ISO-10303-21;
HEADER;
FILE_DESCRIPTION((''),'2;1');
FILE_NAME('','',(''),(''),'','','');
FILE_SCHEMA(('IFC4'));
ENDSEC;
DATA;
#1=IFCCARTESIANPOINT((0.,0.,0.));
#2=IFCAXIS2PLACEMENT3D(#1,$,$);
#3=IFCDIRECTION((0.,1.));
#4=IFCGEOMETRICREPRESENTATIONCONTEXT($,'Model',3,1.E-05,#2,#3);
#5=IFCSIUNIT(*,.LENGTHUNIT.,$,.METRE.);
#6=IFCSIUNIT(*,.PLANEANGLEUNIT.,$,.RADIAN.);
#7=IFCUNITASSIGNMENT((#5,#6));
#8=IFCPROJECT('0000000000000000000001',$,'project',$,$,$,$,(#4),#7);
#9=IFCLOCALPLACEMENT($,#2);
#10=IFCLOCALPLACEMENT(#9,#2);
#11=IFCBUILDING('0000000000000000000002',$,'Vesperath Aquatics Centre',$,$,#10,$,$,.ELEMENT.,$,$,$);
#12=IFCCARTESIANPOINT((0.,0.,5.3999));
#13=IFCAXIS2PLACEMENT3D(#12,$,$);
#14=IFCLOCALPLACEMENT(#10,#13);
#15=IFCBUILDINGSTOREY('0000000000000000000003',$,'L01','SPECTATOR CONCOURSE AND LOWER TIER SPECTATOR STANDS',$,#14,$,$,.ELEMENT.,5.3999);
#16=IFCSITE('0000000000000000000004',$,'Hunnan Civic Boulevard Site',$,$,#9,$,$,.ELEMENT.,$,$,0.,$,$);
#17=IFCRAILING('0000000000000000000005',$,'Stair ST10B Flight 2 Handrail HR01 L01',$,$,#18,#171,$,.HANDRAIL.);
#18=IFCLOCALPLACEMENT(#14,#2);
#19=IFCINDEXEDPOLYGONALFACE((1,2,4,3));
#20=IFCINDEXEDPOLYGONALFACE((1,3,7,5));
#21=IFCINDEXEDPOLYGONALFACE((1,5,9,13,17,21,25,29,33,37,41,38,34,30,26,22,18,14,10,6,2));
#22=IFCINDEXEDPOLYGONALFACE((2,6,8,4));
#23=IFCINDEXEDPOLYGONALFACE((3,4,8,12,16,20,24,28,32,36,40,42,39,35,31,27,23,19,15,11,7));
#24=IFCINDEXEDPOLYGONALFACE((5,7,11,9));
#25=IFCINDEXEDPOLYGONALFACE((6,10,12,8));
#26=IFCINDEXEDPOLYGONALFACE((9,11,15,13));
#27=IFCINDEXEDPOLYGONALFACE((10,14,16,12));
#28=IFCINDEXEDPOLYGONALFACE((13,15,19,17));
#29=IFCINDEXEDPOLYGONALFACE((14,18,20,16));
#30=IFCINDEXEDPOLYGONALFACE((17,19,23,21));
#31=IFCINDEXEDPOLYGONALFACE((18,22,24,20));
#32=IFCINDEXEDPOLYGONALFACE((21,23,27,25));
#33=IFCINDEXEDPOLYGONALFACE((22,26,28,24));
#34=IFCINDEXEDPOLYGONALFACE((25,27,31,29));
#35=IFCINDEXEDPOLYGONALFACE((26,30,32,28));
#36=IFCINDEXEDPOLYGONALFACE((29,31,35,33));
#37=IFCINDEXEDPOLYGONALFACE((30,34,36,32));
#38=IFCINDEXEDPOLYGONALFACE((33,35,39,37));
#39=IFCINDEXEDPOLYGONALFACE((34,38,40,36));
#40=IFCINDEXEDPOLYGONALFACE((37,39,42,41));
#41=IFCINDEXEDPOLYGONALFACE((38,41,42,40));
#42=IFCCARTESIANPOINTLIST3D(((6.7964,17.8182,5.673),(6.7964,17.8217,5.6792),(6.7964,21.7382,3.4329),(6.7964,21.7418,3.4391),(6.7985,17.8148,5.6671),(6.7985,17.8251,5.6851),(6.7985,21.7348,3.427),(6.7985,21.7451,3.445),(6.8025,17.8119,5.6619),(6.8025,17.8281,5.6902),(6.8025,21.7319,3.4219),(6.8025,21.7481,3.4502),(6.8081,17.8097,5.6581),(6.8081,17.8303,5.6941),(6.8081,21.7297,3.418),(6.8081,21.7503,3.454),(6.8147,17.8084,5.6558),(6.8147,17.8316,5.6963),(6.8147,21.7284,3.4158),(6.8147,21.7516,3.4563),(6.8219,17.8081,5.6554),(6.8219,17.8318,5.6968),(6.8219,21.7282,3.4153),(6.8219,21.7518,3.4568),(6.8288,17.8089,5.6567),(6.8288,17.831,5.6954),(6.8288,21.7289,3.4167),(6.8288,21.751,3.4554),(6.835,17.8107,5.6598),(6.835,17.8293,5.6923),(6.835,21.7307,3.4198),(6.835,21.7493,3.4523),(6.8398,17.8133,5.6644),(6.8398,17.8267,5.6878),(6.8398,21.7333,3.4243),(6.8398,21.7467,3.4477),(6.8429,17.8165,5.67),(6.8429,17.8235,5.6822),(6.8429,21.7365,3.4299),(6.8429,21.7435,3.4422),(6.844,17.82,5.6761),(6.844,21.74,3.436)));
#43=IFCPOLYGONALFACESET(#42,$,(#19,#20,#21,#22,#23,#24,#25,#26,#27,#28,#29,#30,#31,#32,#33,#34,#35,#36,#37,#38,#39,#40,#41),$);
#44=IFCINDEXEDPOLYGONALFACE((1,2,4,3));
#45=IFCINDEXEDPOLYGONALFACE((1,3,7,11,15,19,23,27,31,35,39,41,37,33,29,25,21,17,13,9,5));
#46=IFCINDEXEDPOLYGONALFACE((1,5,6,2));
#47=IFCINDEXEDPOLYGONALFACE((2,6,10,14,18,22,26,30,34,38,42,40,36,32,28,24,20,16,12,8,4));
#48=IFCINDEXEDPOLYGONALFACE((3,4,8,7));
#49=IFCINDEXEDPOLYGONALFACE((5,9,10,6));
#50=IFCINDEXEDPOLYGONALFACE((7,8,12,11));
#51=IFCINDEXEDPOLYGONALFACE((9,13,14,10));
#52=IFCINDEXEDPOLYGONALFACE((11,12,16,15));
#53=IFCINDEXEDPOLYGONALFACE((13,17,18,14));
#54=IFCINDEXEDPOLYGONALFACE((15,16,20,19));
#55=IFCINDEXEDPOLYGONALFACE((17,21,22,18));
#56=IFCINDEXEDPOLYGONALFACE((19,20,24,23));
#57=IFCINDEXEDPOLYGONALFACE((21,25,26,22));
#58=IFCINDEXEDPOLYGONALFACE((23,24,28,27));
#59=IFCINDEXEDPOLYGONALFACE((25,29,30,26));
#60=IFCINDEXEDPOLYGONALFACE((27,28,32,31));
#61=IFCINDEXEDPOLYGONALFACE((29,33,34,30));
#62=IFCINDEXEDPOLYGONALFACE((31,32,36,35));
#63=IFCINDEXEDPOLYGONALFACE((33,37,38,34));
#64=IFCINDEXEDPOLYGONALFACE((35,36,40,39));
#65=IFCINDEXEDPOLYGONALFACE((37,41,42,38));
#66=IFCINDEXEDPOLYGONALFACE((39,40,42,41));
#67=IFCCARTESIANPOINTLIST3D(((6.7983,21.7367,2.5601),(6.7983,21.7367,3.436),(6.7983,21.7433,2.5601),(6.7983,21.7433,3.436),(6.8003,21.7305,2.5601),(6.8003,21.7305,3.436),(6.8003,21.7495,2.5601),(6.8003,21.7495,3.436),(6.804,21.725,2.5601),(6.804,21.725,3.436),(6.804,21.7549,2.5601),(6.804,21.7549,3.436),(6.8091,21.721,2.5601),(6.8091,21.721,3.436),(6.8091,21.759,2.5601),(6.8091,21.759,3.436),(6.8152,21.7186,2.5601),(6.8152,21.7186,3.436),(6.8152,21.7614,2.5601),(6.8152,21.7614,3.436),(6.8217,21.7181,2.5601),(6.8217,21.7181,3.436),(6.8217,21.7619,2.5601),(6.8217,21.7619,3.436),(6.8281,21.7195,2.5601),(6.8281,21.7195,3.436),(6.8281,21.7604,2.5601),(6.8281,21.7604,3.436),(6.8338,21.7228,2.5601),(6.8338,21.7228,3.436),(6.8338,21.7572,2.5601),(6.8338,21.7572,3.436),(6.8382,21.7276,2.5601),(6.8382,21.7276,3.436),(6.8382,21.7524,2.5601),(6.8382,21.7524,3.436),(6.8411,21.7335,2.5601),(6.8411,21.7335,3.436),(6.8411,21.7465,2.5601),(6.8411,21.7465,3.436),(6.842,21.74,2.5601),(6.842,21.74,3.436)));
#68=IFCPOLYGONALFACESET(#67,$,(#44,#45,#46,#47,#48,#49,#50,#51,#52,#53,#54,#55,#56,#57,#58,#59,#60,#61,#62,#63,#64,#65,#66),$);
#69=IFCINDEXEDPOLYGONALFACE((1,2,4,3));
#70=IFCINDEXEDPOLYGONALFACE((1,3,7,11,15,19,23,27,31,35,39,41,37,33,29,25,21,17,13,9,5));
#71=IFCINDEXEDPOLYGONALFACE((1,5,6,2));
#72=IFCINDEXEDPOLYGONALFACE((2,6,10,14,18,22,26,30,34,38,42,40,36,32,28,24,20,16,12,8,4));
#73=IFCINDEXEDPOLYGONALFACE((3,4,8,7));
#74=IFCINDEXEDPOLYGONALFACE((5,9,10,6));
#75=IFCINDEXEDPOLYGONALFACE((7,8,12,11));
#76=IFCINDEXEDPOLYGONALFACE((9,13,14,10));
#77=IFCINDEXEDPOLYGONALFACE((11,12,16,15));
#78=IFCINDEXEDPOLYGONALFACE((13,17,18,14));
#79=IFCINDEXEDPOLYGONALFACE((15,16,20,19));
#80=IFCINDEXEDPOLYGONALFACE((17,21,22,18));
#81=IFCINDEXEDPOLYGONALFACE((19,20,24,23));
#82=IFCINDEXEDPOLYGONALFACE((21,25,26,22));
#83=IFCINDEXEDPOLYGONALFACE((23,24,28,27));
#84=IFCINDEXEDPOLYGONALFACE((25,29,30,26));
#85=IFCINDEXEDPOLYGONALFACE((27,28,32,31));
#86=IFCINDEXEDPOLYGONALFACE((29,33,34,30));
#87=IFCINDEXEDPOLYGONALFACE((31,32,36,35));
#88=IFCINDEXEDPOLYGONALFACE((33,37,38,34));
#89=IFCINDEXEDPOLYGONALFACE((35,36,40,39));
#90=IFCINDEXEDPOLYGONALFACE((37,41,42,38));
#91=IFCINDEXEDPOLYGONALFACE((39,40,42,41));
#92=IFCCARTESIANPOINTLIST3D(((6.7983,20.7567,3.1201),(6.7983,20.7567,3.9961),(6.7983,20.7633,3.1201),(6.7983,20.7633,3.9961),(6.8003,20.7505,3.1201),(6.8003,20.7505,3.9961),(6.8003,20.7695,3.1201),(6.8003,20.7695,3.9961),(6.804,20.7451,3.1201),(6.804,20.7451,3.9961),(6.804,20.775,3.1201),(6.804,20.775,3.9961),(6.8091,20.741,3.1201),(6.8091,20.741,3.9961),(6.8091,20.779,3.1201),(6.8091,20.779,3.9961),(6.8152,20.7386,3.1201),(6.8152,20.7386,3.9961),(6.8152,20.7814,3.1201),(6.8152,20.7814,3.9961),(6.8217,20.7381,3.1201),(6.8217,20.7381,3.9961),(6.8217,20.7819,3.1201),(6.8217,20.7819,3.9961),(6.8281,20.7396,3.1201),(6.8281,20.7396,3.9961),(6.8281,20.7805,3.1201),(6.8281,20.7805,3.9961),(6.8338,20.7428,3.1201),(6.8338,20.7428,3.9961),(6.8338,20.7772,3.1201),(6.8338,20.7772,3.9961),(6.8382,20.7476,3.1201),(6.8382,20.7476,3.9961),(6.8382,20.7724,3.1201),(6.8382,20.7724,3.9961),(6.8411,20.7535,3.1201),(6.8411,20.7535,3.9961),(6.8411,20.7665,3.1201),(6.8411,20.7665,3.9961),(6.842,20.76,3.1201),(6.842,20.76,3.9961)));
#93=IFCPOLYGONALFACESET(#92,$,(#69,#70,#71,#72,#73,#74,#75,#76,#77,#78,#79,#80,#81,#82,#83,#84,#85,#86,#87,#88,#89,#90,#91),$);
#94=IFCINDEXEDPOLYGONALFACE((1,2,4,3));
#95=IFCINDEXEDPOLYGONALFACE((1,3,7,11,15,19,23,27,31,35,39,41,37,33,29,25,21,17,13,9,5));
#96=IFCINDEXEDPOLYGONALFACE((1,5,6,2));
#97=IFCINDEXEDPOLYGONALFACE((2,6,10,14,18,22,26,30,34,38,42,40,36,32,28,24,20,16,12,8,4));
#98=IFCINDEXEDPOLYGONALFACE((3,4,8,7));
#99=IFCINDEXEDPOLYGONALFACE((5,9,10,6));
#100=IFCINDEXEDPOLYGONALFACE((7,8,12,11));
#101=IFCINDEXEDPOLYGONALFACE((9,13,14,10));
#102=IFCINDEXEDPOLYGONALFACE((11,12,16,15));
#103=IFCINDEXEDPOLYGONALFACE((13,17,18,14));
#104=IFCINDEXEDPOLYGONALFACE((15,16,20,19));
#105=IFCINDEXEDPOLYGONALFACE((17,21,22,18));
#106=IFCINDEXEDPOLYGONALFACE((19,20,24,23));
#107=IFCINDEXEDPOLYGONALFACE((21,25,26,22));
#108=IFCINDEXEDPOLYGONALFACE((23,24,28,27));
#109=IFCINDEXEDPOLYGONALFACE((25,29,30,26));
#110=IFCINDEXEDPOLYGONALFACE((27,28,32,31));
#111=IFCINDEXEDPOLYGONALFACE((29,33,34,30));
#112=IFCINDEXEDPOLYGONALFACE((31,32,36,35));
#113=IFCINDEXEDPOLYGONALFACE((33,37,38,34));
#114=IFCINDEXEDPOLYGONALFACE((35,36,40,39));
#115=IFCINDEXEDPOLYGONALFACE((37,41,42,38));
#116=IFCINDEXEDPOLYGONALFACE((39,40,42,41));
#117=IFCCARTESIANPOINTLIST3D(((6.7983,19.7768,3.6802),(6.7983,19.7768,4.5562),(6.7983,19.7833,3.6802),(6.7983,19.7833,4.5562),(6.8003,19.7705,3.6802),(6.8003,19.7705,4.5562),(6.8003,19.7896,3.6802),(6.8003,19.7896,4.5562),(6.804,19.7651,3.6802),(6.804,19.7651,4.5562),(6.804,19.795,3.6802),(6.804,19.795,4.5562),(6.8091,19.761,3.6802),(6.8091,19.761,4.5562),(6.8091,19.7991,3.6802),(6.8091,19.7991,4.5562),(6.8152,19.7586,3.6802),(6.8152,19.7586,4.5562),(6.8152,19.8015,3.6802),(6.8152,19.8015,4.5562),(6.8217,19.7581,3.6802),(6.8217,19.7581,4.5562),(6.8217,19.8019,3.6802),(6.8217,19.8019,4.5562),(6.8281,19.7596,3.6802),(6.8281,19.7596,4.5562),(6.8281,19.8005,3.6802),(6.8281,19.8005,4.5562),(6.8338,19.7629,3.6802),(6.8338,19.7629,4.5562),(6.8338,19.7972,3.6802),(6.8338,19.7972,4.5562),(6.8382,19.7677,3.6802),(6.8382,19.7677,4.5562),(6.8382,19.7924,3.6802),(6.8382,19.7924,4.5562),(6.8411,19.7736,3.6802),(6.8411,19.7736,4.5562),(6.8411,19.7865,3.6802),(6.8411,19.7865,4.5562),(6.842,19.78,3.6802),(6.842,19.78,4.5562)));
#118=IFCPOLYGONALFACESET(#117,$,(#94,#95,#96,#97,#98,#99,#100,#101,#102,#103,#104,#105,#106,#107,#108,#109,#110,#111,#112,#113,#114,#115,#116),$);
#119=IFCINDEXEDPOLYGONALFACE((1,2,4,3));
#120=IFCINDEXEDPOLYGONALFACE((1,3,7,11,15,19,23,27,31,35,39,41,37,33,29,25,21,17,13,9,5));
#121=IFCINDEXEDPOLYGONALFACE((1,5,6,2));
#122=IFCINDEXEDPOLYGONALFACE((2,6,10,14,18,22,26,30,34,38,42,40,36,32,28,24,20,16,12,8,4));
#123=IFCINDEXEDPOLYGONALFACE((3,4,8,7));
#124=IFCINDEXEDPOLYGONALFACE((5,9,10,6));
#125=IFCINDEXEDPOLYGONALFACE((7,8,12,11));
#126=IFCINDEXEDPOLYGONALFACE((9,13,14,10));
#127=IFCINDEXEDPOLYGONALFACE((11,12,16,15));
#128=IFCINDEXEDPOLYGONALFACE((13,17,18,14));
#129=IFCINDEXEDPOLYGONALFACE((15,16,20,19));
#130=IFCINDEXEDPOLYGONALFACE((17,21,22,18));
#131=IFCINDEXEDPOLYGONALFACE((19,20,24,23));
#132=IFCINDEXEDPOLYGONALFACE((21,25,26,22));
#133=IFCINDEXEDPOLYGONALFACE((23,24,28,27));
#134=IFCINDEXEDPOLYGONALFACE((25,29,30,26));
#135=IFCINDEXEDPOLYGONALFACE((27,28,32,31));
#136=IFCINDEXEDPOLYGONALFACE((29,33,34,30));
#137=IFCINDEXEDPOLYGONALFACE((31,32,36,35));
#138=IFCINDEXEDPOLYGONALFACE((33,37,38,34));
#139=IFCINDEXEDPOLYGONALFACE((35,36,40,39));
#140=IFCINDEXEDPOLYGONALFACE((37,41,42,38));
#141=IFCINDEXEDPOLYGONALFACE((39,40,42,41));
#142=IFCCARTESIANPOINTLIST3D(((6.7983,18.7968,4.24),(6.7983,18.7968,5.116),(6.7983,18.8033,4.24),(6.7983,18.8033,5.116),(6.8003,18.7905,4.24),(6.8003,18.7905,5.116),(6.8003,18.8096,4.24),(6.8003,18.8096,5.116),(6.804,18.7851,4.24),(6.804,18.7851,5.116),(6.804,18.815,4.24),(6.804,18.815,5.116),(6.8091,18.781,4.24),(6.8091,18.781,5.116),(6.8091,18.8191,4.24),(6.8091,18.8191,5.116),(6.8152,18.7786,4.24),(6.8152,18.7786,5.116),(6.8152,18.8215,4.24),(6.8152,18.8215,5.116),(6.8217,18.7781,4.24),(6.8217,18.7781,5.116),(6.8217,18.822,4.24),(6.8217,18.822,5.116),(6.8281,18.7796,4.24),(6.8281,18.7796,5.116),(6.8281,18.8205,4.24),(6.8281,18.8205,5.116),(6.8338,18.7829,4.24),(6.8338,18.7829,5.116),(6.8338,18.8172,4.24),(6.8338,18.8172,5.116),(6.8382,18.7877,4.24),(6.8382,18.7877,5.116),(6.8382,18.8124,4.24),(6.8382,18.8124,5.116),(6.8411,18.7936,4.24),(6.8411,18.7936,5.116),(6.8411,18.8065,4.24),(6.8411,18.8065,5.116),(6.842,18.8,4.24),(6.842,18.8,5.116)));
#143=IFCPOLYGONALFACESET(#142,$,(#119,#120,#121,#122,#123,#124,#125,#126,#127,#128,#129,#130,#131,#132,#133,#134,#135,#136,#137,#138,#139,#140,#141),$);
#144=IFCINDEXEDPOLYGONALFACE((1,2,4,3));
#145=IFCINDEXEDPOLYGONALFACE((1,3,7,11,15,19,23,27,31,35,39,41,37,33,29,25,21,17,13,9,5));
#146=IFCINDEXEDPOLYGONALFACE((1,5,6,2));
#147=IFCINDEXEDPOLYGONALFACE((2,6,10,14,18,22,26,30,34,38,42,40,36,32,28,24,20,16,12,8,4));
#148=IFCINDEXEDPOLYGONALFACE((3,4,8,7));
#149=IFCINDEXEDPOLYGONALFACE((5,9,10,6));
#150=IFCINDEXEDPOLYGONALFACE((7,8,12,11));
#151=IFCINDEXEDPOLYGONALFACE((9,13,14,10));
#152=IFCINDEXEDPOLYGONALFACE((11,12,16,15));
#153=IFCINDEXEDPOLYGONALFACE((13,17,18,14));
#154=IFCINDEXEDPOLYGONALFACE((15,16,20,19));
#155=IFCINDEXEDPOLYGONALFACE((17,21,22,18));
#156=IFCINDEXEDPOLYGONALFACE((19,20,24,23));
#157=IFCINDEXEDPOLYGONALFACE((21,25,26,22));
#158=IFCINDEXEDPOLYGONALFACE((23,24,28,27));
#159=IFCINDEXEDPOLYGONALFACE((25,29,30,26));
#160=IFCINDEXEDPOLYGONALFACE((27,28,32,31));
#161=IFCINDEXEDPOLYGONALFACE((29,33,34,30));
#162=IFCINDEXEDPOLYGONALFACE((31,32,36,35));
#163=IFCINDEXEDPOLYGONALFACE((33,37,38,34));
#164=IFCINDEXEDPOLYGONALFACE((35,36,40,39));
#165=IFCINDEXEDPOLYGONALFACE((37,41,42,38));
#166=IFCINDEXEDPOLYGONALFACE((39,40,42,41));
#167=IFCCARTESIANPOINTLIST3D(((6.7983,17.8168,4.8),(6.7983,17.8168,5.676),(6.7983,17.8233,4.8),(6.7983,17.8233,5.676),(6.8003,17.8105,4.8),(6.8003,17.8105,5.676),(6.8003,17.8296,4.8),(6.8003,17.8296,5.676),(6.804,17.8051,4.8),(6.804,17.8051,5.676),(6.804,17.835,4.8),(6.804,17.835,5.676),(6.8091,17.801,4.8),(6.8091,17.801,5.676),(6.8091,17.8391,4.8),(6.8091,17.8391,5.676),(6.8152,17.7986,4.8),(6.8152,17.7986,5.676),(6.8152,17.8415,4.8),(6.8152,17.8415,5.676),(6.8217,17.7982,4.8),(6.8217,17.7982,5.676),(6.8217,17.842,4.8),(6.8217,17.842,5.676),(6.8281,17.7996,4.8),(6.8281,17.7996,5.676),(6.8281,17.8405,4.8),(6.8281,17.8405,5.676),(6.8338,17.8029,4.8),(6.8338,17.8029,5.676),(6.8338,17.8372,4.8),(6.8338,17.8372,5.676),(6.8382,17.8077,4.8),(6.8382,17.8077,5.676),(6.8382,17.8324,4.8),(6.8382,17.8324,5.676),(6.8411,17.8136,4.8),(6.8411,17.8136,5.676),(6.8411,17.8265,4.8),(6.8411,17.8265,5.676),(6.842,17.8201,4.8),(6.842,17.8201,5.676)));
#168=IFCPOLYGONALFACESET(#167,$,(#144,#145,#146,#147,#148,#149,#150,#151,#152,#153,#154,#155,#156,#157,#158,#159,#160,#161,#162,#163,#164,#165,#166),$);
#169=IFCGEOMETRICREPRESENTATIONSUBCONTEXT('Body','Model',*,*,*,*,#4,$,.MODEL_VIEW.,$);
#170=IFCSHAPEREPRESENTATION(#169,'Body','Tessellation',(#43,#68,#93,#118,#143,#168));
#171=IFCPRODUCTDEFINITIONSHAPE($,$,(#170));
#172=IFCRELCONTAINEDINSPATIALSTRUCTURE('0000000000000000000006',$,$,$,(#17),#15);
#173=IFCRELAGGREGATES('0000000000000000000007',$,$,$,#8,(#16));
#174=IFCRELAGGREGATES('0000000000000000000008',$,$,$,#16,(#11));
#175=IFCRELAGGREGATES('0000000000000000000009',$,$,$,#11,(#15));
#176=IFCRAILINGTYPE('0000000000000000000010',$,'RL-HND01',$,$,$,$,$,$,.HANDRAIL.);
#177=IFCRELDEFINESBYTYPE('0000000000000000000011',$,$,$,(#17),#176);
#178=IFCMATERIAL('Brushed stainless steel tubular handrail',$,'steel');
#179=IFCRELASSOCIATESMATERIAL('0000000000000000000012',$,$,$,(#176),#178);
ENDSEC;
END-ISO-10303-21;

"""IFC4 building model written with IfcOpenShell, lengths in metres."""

from ifc_helpers import new_model, si_unit, direction, frame, origin, origin_2d, place, context, subcontext, project, spatial, circle, extrude, material, type_object, element, save


model = new_model("IFC4")

# Units and contexts
model_context = context("Model", 3, precision=1e-05, world=origin(), true_north=direction((0.0, 1.0)))
body_context = subcontext(model_context, "Body", "Model", "MODEL_VIEW")
ifc_project = project(units=[si_unit("LENGTHUNIT", "METRE"), si_unit("PLANEANGLEUNIT", "RADIAN")], contexts=[model_context])

# Site, building, storey
site_placement = place(None, origin())
site = spatial("IfcSite", under=ifc_project, at=site_placement, Name="Hunnan Civic Boulevard Site", CompositionType="ELEMENT", RefElevation=0.0)
building_placement = place(site_placement, origin())
building = spatial("IfcBuilding", under=site, at=building_placement, Name="Vesperath Aquatics Centre", CompositionType="ELEMENT")
storey_placement = place(building_placement, frame((0.0, 0.0, 5.3999)))
storey = spatial("IfcBuildingStorey", under=building, at=storey_placement, Name="L01", Description="SPECTATOR CONCOURSE AND LOWER TIER SPECTATOR STANDS", CompositionType="ELEMENT", Elevation=5.3999)

# Railing
ifc_material_1 = material(Name="Brushed stainless steel tubular handrail", Category="steel")
railing_type_1 = type_object("IfcRailingType", Name="RL-HND01", PredefinedType="HANDRAIL", material=ifc_material_1)
railing_1_placement = place(storey_placement, frame((6.8201, 21.74, 2.5601)))
element("IfcRailing", 1, at=railing_1_placement, inside=storey, type_object=railing_type_1, Name="Stair ST10B Flight 2 Handrail HR01 L01", PredefinedType="HANDRAIL", context=body_context, shape_type="SweptSolid", body=[
    extrude(circle(Radius=0.0239, at=origin_2d()), frame((0.0, 0.0, 0.876), z_axis=(0.0, -0.86824, 0.496145), x_axis=(1.0, 0.0, 0.0)), (0.0, 0.0, 1.0), 4.5149),
    extrude(circle(Radius=0.022, at=origin_2d()), origin(), (0.0, 0.0, 1.0), 0.876),
    extrude(circle(Radius=0.022, at=origin_2d()), frame((0.0, -0.98, 0.5601)), (0.0, 0.0, 1.0), 0.876),
    extrude(circle(Radius=0.022, at=origin_2d()), frame((0.0, -1.96, 1.1201)), (0.0, 0.0, 1.0), 0.876),
    extrude(circle(Radius=0.022, at=origin_2d()), frame((0.0, -2.9399, 1.6799)), (0.0, 0.0, 1.0), 0.876),
    extrude(circle(Radius=0.022, at=origin_2d()), frame((0.0, -3.9199, 2.24)), (0.0, 0.0, 1.0), 0.876),
])

save(model, "model.ifc")
